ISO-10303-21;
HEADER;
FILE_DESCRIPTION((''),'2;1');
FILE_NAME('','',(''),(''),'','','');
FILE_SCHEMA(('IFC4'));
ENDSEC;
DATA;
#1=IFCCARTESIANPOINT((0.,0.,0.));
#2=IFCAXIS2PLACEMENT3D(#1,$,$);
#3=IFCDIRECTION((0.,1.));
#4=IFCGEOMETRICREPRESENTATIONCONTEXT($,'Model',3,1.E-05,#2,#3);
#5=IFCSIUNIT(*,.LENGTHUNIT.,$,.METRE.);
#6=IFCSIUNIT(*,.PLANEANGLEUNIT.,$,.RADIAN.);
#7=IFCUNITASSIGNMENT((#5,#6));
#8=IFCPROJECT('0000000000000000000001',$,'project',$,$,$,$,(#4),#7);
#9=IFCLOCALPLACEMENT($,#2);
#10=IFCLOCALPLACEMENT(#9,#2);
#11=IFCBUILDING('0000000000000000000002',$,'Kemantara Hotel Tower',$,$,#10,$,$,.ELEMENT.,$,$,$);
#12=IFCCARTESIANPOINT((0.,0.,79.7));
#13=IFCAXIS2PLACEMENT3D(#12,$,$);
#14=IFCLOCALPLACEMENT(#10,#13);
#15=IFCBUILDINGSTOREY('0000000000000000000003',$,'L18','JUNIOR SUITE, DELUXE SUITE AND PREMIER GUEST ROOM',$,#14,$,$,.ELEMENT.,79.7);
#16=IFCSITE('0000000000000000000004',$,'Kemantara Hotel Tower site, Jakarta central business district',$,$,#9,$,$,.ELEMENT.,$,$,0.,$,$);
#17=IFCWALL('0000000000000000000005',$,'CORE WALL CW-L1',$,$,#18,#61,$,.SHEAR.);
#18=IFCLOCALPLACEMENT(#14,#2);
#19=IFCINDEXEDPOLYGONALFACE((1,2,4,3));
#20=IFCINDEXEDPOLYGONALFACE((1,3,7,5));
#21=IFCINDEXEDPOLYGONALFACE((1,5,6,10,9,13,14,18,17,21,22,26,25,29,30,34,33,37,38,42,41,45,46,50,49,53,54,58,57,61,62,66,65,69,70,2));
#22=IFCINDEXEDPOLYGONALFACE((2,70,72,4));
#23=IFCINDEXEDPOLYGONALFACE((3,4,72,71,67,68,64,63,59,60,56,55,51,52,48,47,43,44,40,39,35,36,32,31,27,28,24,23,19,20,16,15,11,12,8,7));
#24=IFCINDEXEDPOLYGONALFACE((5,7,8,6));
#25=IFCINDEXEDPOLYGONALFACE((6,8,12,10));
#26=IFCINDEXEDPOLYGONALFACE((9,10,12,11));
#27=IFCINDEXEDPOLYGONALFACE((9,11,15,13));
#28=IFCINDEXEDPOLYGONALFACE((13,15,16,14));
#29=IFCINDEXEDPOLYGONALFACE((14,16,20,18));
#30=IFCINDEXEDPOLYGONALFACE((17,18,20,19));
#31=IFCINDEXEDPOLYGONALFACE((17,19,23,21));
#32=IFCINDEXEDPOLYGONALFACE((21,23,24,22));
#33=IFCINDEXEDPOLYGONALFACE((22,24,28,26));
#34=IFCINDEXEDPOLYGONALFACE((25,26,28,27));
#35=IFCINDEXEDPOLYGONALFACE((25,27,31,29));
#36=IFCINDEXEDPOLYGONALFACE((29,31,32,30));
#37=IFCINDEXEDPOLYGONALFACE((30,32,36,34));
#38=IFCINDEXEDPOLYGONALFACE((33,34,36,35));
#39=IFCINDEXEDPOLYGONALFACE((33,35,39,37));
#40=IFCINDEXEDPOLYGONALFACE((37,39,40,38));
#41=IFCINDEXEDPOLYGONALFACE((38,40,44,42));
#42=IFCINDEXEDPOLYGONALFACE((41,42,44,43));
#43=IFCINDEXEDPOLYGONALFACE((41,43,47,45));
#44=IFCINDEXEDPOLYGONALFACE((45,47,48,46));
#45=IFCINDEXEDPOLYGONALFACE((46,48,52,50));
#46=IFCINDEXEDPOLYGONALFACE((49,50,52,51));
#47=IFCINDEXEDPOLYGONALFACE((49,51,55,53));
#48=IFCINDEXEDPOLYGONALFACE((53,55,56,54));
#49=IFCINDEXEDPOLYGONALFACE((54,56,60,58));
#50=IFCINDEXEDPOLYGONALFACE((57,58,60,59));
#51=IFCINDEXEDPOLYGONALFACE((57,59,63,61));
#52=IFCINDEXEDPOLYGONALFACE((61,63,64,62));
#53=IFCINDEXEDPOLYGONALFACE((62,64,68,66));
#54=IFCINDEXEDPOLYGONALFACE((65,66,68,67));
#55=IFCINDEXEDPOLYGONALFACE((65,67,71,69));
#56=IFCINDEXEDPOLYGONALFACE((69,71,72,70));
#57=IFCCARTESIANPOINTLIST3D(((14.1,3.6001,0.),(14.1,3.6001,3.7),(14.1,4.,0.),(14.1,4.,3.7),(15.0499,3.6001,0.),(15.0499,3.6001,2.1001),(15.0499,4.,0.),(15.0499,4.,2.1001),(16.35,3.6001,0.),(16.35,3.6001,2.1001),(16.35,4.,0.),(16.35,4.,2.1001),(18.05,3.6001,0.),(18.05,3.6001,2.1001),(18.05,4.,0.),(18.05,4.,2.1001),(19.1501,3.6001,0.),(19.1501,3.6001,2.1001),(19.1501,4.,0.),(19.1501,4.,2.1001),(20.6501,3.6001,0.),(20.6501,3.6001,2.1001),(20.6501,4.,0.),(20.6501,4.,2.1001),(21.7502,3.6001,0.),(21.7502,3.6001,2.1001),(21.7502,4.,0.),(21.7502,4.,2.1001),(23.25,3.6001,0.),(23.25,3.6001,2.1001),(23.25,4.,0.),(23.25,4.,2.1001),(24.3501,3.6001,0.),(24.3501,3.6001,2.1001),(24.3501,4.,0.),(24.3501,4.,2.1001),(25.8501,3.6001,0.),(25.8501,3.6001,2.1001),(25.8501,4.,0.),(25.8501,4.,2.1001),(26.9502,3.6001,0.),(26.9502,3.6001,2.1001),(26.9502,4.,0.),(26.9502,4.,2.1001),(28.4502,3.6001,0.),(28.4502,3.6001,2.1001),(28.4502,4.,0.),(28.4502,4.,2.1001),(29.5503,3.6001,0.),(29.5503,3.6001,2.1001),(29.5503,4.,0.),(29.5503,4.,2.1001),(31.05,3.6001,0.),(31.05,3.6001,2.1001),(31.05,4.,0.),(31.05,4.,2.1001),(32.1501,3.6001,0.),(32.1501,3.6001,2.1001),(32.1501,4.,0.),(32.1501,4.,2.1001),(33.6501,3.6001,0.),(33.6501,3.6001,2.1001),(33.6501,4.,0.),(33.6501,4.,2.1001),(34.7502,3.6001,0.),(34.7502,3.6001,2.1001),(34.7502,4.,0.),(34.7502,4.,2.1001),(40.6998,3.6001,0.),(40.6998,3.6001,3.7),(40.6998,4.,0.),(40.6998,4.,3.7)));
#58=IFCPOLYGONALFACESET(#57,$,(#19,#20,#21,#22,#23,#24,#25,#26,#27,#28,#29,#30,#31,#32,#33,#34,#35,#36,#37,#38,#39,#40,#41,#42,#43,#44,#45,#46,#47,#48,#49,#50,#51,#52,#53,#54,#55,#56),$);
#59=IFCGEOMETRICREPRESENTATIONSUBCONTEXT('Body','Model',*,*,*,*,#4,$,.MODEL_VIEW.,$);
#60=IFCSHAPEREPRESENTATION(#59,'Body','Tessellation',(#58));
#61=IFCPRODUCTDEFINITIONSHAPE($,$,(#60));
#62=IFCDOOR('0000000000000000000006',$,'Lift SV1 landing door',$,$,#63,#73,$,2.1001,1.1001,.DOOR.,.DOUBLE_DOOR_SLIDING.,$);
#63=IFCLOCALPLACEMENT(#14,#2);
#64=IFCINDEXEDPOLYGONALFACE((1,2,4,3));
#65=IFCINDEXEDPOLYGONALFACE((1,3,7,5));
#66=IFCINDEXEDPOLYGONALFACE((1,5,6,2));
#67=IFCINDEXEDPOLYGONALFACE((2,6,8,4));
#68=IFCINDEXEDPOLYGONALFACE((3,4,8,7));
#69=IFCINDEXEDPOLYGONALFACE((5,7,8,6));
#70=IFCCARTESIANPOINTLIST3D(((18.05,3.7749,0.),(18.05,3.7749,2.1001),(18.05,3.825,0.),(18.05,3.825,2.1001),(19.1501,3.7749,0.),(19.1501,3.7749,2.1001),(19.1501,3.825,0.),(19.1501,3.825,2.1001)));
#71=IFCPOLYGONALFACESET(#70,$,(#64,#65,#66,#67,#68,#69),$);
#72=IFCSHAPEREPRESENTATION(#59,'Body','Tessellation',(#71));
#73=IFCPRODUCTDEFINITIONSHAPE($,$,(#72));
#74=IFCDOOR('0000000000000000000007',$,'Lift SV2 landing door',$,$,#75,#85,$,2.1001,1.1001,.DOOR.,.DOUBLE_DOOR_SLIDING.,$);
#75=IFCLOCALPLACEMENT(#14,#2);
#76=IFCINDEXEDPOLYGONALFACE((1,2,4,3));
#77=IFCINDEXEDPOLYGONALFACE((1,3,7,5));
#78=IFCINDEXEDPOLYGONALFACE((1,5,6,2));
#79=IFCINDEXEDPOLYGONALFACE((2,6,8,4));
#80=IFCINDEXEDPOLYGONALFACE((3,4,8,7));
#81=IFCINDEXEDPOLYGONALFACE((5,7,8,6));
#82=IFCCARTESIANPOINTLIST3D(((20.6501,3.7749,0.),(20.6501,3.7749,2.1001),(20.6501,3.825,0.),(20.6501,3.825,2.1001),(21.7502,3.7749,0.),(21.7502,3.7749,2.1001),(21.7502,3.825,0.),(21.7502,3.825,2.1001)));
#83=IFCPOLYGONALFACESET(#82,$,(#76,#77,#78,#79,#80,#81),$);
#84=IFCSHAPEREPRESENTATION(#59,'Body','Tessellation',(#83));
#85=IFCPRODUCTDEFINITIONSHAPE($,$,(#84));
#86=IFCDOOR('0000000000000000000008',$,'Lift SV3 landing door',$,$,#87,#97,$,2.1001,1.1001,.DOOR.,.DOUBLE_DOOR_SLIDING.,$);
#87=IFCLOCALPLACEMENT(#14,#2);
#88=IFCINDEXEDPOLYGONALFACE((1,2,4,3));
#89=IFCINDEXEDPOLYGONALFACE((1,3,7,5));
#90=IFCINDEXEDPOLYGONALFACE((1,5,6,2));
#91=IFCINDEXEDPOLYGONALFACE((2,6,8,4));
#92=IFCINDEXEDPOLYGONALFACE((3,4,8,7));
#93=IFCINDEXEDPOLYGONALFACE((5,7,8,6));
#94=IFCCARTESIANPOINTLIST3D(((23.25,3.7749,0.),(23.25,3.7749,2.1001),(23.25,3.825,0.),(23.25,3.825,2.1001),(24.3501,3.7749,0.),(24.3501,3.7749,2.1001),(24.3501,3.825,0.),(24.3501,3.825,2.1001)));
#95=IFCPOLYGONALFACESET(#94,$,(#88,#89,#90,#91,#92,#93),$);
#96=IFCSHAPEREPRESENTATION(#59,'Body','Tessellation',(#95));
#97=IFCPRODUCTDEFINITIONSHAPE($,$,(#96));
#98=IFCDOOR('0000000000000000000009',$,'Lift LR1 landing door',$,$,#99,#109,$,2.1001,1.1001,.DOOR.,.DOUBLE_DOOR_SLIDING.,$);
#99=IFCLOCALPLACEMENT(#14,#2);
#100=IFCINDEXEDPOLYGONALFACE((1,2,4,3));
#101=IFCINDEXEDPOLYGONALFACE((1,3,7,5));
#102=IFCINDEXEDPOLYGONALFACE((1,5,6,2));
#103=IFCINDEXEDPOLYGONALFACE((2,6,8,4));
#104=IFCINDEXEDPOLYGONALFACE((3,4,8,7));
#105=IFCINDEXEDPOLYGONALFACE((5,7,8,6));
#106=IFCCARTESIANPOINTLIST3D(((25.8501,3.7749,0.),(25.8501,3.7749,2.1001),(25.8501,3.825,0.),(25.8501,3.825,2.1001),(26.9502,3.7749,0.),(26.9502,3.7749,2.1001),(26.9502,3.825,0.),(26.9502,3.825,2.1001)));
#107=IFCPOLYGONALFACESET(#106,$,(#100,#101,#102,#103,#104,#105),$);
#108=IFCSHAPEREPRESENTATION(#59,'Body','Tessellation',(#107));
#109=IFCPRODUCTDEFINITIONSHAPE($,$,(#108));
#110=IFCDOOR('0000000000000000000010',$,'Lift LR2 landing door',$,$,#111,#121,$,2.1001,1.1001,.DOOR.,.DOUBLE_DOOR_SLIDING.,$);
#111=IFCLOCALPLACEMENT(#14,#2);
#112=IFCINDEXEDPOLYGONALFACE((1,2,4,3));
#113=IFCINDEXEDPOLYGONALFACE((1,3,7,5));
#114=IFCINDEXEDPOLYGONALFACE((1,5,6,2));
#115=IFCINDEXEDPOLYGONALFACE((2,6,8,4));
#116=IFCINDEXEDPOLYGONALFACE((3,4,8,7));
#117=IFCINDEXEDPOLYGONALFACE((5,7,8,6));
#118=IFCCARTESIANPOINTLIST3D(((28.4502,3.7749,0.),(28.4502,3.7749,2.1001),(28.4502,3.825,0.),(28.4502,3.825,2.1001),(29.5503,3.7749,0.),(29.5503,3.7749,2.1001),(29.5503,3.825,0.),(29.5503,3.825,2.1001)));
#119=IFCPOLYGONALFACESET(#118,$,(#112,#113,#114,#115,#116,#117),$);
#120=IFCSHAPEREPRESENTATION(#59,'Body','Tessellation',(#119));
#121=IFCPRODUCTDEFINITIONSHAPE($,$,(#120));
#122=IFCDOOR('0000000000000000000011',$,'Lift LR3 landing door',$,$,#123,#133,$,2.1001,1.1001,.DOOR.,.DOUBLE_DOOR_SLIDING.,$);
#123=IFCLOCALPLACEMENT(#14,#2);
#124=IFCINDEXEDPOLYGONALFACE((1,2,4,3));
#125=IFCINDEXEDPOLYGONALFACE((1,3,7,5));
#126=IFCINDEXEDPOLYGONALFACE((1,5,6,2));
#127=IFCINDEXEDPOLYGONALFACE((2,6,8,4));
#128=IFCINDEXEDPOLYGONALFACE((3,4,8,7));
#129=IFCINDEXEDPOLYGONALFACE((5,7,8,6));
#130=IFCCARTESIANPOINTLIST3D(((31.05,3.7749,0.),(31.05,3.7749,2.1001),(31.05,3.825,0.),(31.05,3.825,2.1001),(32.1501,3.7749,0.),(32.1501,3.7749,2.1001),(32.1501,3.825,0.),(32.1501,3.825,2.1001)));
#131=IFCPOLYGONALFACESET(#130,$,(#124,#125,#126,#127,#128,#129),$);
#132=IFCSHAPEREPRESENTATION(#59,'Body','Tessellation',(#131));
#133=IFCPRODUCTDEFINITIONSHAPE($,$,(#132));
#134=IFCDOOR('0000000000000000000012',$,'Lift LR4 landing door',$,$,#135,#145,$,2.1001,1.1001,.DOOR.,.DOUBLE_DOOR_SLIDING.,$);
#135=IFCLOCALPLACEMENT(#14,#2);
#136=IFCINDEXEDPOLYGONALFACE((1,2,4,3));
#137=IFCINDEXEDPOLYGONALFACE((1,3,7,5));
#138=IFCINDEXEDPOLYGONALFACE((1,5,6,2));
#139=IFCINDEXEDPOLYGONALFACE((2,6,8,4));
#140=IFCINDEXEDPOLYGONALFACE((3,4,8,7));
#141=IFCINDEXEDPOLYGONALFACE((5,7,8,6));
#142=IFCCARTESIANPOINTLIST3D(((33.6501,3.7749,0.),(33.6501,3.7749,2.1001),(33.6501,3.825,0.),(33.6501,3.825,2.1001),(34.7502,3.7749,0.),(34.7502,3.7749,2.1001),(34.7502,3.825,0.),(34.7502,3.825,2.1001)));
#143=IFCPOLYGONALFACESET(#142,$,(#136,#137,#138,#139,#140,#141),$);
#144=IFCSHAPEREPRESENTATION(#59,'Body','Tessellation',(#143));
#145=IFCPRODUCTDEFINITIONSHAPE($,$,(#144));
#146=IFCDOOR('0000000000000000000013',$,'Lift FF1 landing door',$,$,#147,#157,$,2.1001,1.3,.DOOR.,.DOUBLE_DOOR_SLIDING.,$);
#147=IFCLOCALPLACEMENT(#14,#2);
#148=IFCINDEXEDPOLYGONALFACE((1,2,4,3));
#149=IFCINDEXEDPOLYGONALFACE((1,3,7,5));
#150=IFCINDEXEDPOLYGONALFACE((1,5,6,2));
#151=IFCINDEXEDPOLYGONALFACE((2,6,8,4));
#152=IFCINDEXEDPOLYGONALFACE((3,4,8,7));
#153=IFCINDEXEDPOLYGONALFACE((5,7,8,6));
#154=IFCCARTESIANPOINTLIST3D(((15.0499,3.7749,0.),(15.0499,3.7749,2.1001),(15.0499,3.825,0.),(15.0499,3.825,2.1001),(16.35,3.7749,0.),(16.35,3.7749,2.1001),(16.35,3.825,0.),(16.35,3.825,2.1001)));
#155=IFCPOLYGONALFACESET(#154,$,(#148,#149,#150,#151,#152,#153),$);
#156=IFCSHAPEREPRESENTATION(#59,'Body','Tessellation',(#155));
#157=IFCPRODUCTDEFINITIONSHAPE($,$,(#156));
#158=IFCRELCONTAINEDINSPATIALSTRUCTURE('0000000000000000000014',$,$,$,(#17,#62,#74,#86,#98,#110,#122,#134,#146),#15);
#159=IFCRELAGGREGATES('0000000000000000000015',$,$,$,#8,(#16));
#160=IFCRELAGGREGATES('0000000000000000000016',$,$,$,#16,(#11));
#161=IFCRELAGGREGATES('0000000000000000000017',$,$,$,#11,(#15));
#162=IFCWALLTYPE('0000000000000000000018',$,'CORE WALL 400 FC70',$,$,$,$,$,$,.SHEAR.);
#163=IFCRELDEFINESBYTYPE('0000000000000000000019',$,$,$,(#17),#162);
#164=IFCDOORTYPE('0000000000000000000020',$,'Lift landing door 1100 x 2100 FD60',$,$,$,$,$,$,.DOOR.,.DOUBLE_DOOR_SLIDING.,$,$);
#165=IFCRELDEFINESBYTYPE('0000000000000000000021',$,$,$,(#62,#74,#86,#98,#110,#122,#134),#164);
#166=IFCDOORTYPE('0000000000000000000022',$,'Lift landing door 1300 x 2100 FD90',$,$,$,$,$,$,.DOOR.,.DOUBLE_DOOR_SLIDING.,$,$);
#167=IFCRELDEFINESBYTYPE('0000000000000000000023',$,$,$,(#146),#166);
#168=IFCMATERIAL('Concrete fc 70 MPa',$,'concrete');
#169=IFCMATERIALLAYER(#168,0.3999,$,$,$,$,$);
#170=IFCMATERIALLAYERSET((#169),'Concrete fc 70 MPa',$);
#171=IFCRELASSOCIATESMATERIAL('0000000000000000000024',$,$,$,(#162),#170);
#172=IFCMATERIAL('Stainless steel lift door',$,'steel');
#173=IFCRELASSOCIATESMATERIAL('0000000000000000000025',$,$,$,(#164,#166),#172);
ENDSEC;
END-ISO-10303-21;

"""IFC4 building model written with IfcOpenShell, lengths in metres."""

from ifc_helpers import new_model, si_unit, direction, frame, frame_2d, origin, place, context, subcontext, project, spatial, rectangle, extrude, material, layer, layer_set, type_object, element, fill, save


model = new_model("IFC4")

# Units and contexts
model_context = context("Model", 3, precision=1e-05, world=origin(), true_north=direction((0.0, 1.0)))
body_context = subcontext(model_context, "Body", "Model", "MODEL_VIEW")
ifc_project = project(units=[si_unit("LENGTHUNIT", "METRE"), si_unit("PLANEANGLEUNIT", "RADIAN")], contexts=[model_context])

# Site, building, storey
site_placement = place(None, origin())
site = spatial("IfcSite", under=ifc_project, at=site_placement, Name="Kemantara Hotel Tower site, Jakarta central business district", CompositionType="ELEMENT", RefElevation=0.0)
building_placement = place(site_placement, origin())
building = spatial("IfcBuilding", under=site, at=building_placement, Name="Kemantara Hotel Tower", CompositionType="ELEMENT")
storey_placement = place(building_placement, frame((0.0, 0.0, 79.7)))
storey = spatial("IfcBuildingStorey", under=building, at=storey_placement, Name="L18", Description="JUNIOR SUITE, DELUXE SUITE AND PREMIER GUEST ROOM", CompositionType="ELEMENT", Elevation=79.7)

# Shared definitions
ifc_material_1 = material(Name="Concrete fc 70 MPa", Category="concrete")

# Wall, openings, doors
ifc_layer_1 = layer(ifc_material_1, 0.3999)
ifc_layer_set_1 = layer_set([ifc_layer_1], Name="Concrete fc 70 MPa")
wall_type_1 = type_object("IfcWallType", Name="CORE WALL 400 FC70", PredefinedType="SHEAR", material=ifc_layer_set_1)
wall_1_placement = place(storey_placement, frame((14.1001, 3.8, 0.0), z_axis=(0.0, 0.0, 1.0), x_axis=(1.0, 0.0, 0.0)))
wall_1 = element("IfcWall", 1, at=wall_1_placement, inside=storey, type_object=wall_type_1, Name="CORE WALL CW-L1", PredefinedType="SHEAR", context=body_context, shape_type="SweptSolid", body=[
    extrude(rectangle(XDim=26.5999, YDim=0.3999, at=frame_2d((13.2998, 0.0))), origin(), (0.0, 0.0, 1.0), 3.7),
])
opening_1_placement = place(wall_1_placement, frame((0.95, 0.0, 0.0)))
opening_1 = element("IfcOpeningElement", 2, at=opening_1_placement, cuts=wall_1, PredefinedType="OPENING", context=body_context, shape_type="SweptSolid", body=[
    extrude(rectangle(XDim=1.3, YDim=2.1001, at=frame_2d((0.6499, 1.05))), frame((0.0, 0.21, 0.0), z_axis=(0.0, -1.0, 0.0), x_axis=(1.0, 0.0, 0.0)), (0.0, 0.0, 1.0), 0.4199),
])
opening_2_placement = place(wall_1_placement, frame((3.95, 0.0, 0.0)))
opening_2 = element("IfcOpeningElement", 3, at=opening_2_placement, cuts=wall_1, PredefinedType="OPENING", context=body_context, shape_type="SweptSolid", body=[
    extrude(rectangle(XDim=1.1001, YDim=2.1001, at=frame_2d((0.55, 1.05))), frame((0.0, 0.21, 0.0), z_axis=(0.0, -1.0, 0.0), x_axis=(1.0, 0.0, 0.0)), (0.0, 0.0, 1.0), 0.4199),
])
opening_3_placement = place(wall_1_placement, frame((6.55, 0.0, 0.0)))
opening_3 = element("IfcOpeningElement", 4, at=opening_3_placement, cuts=wall_1, PredefinedType="OPENING", context=body_context, shape_type="SweptSolid", body=[
    extrude(rectangle(XDim=1.1001, YDim=2.1001, at=frame_2d((0.55, 1.05))), frame((0.0, 0.21, 0.0), z_axis=(0.0, -1.0, 0.0), x_axis=(1.0, 0.0, 0.0)), (0.0, 0.0, 1.0), 0.4199),
])
opening_4_placement = place(wall_1_placement, frame((9.1499, 0.0, 0.0)))
opening_4 = element("IfcOpeningElement", 5, at=opening_4_placement, cuts=wall_1, PredefinedType="OPENING", context=body_context, shape_type="SweptSolid", body=[
    extrude(rectangle(XDim=1.1001, YDim=2.1001, at=frame_2d((0.55, 1.05))), frame((0.0, 0.21, 0.0), z_axis=(0.0, -1.0, 0.0), x_axis=(1.0, 0.0, 0.0)), (0.0, 0.0, 1.0), 0.4199),
])
opening_5_placement = place(wall_1_placement, frame((11.75, 0.0, 0.0)))
opening_5 = element("IfcOpeningElement", 6, at=opening_5_placement, cuts=wall_1, PredefinedType="OPENING", context=body_context, shape_type="SweptSolid", body=[
    extrude(rectangle(XDim=1.1001, YDim=2.1001, at=frame_2d((0.55, 1.05))), frame((0.0, 0.21, 0.0), z_axis=(0.0, -1.0, 0.0), x_axis=(1.0, 0.0, 0.0)), (0.0, 0.0, 1.0), 0.4199),
])
opening_6_placement = place(wall_1_placement, frame((14.3501, 0.0, 0.0)))
opening_6 = element("IfcOpeningElement", 7, at=opening_6_placement, cuts=wall_1, PredefinedType="OPENING", context=body_context, shape_type="SweptSolid", body=[
    extrude(rectangle(XDim=1.1001, YDim=2.1001, at=frame_2d((0.55, 1.05))), frame((0.0, 0.21, 0.0), z_axis=(0.0, -1.0, 0.0), x_axis=(1.0, 0.0, 0.0)), (0.0, 0.0, 1.0), 0.4199),
])
opening_7_placement = place(wall_1_placement, frame((16.95, 0.0, 0.0)))
opening_7 = element("IfcOpeningElement", 8, at=opening_7_placement, cuts=wall_1, PredefinedType="OPENING", context=body_context, shape_type="SweptSolid", body=[
    extrude(rectangle(XDim=1.1001, YDim=2.1001, at=frame_2d((0.55, 1.05))), frame((0.0, 0.21, 0.0), z_axis=(0.0, -1.0, 0.0), x_axis=(1.0, 0.0, 0.0)), (0.0, 0.0, 1.0), 0.4199),
])
opening_8_placement = place(wall_1_placement, frame((19.55, 0.0, 0.0)))
opening_8 = element("IfcOpeningElement", 9, at=opening_8_placement, cuts=wall_1, PredefinedType="OPENING", context=body_context, shape_type="SweptSolid", body=[
    extrude(rectangle(XDim=1.1001, YDim=2.1001, at=frame_2d((0.55, 1.05))), frame((0.0, 0.21, 0.0), z_axis=(0.0, -1.0, 0.0), x_axis=(1.0, 0.0, 0.0)), (0.0, 0.0, 1.0), 0.4199),
])
ifc_material_2 = material(Name="Stainless steel lift door", Category="steel")
door_type_1 = type_object("IfcDoorType", Name="Lift landing door 1100 x 2100 FD60", OperationType="DOUBLE_DOOR_SLIDING", PredefinedType="DOOR", material=ifc_material_2)
door_1_placement = place(opening_2_placement, origin())
door_1 = element("IfcDoor", 10, at=door_1_placement, inside=storey, type_object=door_type_1, Name="Lift SV1 landing door", OperationType="DOUBLE_DOOR_SLIDING", OverallHeight=2.1001, OverallWidth=1.1001, PredefinedType="DOOR", context=body_context, shape_type="SweptSolid", body=[
    extrude(rectangle(XDim=1.1001, YDim=2.1001, at=frame_2d((0.55, 1.05))), frame((0.0, 0.0249, 0.0), z_axis=(0.0, -1.0, 0.0), x_axis=(1.0, 0.0, 0.0)), (0.0, 0.0, 1.0), 0.05),
])
fill(opening_2, door_1)
door_2_placement = place(opening_3_placement, origin())
door_2 = element("IfcDoor", 11, at=door_2_placement, inside=storey, type_object=door_type_1, Name="Lift SV2 landing door", OperationType="DOUBLE_DOOR_SLIDING", OverallHeight=2.1001, OverallWidth=1.1001, PredefinedType="DOOR", context=body_context, shape_type="SweptSolid", body=[
    extrude(rectangle(XDim=1.1001, YDim=2.1001, at=frame_2d((0.55, 1.05))), frame((0.0, 0.0249, 0.0), z_axis=(0.0, -1.0, 0.0), x_axis=(1.0, 0.0, 0.0)), (0.0, 0.0, 1.0), 0.05),
])
fill(opening_3, door_2)
door_3_placement = place(opening_4_placement, origin())
door_3 = element("IfcDoor", 12, at=door_3_placement, inside=storey, type_object=door_type_1, Name="Lift SV3 landing door", OperationType="DOUBLE_DOOR_SLIDING", OverallHeight=2.1001, OverallWidth=1.1001, PredefinedType="DOOR", context=body_context, shape_type="SweptSolid", body=[
    extrude(rectangle(XDim=1.1001, YDim=2.1001, at=frame_2d((0.55, 1.05))), frame((0.0, 0.0249, 0.0), z_axis=(0.0, -1.0, 0.0), x_axis=(1.0, 0.0, 0.0)), (0.0, 0.0, 1.0), 0.05),
])
fill(opening_4, door_3)
door_4_placement = place(opening_5_placement, origin())
door_4 = element("IfcDoor", 13, at=door_4_placement, inside=storey, type_object=door_type_1, Name="Lift LR1 landing door", OperationType="DOUBLE_DOOR_SLIDING", OverallHeight=2.1001, OverallWidth=1.1001, PredefinedType="DOOR", context=body_context, shape_type="SweptSolid", body=[
    extrude(rectangle(XDim=1.1001, YDim=2.1001, at=frame_2d((0.55, 1.05))), frame((0.0, 0.0249, 0.0), z_axis=(0.0, -1.0, 0.0), x_axis=(1.0, 0.0, 0.0)), (0.0, 0.0, 1.0), 0.05),
])
fill(opening_5, door_4)
door_5_placement = place(opening_6_placement, origin())
door_5 = element("IfcDoor", 14, at=door_5_placement, inside=storey, type_object=door_type_1, Name="Lift LR2 landing door", OperationType="DOUBLE_DOOR_SLIDING", OverallHeight=2.1001, OverallWidth=1.1001, PredefinedType="DOOR", context=body_context, shape_type="SweptSolid", body=[
    extrude(rectangle(XDim=1.1001, YDim=2.1001, at=frame_2d((0.55, 1.05))), frame((0.0, 0.0249, 0.0), z_axis=(0.0, -1.0, 0.0), x_axis=(1.0, 0.0, 0.0)), (0.0, 0.0, 1.0), 0.05),
])
fill(opening_6, door_5)
door_6_placement = place(opening_7_placement, origin())
door_6 = element("IfcDoor", 15, at=door_6_placement, inside=storey, type_object=door_type_1, Name="Lift LR3 landing door", OperationType="DOUBLE_DOOR_SLIDING", OverallHeight=2.1001, OverallWidth=1.1001, PredefinedType="DOOR", context=body_context, shape_type="SweptSolid", body=[
    extrude(rectangle(XDim=1.1001, YDim=2.1001, at=frame_2d((0.55, 1.05))), frame((0.0, 0.0249, 0.0), z_axis=(0.0, -1.0, 0.0), x_axis=(1.0, 0.0, 0.0)), (0.0, 0.0, 1.0), 0.05),
])
fill(opening_7, door_6)
door_7_placement = place(opening_8_placement, origin())
door_7 = element("IfcDoor", 16, at=door_7_placement, inside=storey, type_object=door_type_1, Name="Lift LR4 landing door", OperationType="DOUBLE_DOOR_SLIDING", OverallHeight=2.1001, OverallWidth=1.1001, PredefinedType="DOOR", context=body_context, shape_type="SweptSolid", body=[
    extrude(rectangle(XDim=1.1001, YDim=2.1001, at=frame_2d((0.55, 1.05))), frame((0.0, 0.0249, 0.0), z_axis=(0.0, -1.0, 0.0), x_axis=(1.0, 0.0, 0.0)), (0.0, 0.0, 1.0), 0.05),
])
fill(opening_8, door_7)
door_type_2 = type_object("IfcDoorType", Name="Lift landing door 1300 x 2100 FD90", OperationType="DOUBLE_DOOR_SLIDING", PredefinedType="DOOR", material=ifc_material_2)
door_8_placement = place(opening_1_placement, origin())
door_8 = element("IfcDoor", 17, at=door_8_placement, inside=storey, type_object=door_type_2, Name="Lift FF1 landing door", OperationType="DOUBLE_DOOR_SLIDING", OverallHeight=2.1001, OverallWidth=1.3, PredefinedType="DOOR", context=body_context, shape_type="SweptSolid", body=[
    extrude(rectangle(XDim=1.3, YDim=2.1001, at=frame_2d((0.6499, 1.05))), frame((0.0, 0.0249, 0.0), z_axis=(0.0, -1.0, 0.0), x_axis=(1.0, 0.0, 0.0)), (0.0, 0.0, 1.0), 0.05),
])
fill(opening_1, door_8)

save(model, "model.ifc")
